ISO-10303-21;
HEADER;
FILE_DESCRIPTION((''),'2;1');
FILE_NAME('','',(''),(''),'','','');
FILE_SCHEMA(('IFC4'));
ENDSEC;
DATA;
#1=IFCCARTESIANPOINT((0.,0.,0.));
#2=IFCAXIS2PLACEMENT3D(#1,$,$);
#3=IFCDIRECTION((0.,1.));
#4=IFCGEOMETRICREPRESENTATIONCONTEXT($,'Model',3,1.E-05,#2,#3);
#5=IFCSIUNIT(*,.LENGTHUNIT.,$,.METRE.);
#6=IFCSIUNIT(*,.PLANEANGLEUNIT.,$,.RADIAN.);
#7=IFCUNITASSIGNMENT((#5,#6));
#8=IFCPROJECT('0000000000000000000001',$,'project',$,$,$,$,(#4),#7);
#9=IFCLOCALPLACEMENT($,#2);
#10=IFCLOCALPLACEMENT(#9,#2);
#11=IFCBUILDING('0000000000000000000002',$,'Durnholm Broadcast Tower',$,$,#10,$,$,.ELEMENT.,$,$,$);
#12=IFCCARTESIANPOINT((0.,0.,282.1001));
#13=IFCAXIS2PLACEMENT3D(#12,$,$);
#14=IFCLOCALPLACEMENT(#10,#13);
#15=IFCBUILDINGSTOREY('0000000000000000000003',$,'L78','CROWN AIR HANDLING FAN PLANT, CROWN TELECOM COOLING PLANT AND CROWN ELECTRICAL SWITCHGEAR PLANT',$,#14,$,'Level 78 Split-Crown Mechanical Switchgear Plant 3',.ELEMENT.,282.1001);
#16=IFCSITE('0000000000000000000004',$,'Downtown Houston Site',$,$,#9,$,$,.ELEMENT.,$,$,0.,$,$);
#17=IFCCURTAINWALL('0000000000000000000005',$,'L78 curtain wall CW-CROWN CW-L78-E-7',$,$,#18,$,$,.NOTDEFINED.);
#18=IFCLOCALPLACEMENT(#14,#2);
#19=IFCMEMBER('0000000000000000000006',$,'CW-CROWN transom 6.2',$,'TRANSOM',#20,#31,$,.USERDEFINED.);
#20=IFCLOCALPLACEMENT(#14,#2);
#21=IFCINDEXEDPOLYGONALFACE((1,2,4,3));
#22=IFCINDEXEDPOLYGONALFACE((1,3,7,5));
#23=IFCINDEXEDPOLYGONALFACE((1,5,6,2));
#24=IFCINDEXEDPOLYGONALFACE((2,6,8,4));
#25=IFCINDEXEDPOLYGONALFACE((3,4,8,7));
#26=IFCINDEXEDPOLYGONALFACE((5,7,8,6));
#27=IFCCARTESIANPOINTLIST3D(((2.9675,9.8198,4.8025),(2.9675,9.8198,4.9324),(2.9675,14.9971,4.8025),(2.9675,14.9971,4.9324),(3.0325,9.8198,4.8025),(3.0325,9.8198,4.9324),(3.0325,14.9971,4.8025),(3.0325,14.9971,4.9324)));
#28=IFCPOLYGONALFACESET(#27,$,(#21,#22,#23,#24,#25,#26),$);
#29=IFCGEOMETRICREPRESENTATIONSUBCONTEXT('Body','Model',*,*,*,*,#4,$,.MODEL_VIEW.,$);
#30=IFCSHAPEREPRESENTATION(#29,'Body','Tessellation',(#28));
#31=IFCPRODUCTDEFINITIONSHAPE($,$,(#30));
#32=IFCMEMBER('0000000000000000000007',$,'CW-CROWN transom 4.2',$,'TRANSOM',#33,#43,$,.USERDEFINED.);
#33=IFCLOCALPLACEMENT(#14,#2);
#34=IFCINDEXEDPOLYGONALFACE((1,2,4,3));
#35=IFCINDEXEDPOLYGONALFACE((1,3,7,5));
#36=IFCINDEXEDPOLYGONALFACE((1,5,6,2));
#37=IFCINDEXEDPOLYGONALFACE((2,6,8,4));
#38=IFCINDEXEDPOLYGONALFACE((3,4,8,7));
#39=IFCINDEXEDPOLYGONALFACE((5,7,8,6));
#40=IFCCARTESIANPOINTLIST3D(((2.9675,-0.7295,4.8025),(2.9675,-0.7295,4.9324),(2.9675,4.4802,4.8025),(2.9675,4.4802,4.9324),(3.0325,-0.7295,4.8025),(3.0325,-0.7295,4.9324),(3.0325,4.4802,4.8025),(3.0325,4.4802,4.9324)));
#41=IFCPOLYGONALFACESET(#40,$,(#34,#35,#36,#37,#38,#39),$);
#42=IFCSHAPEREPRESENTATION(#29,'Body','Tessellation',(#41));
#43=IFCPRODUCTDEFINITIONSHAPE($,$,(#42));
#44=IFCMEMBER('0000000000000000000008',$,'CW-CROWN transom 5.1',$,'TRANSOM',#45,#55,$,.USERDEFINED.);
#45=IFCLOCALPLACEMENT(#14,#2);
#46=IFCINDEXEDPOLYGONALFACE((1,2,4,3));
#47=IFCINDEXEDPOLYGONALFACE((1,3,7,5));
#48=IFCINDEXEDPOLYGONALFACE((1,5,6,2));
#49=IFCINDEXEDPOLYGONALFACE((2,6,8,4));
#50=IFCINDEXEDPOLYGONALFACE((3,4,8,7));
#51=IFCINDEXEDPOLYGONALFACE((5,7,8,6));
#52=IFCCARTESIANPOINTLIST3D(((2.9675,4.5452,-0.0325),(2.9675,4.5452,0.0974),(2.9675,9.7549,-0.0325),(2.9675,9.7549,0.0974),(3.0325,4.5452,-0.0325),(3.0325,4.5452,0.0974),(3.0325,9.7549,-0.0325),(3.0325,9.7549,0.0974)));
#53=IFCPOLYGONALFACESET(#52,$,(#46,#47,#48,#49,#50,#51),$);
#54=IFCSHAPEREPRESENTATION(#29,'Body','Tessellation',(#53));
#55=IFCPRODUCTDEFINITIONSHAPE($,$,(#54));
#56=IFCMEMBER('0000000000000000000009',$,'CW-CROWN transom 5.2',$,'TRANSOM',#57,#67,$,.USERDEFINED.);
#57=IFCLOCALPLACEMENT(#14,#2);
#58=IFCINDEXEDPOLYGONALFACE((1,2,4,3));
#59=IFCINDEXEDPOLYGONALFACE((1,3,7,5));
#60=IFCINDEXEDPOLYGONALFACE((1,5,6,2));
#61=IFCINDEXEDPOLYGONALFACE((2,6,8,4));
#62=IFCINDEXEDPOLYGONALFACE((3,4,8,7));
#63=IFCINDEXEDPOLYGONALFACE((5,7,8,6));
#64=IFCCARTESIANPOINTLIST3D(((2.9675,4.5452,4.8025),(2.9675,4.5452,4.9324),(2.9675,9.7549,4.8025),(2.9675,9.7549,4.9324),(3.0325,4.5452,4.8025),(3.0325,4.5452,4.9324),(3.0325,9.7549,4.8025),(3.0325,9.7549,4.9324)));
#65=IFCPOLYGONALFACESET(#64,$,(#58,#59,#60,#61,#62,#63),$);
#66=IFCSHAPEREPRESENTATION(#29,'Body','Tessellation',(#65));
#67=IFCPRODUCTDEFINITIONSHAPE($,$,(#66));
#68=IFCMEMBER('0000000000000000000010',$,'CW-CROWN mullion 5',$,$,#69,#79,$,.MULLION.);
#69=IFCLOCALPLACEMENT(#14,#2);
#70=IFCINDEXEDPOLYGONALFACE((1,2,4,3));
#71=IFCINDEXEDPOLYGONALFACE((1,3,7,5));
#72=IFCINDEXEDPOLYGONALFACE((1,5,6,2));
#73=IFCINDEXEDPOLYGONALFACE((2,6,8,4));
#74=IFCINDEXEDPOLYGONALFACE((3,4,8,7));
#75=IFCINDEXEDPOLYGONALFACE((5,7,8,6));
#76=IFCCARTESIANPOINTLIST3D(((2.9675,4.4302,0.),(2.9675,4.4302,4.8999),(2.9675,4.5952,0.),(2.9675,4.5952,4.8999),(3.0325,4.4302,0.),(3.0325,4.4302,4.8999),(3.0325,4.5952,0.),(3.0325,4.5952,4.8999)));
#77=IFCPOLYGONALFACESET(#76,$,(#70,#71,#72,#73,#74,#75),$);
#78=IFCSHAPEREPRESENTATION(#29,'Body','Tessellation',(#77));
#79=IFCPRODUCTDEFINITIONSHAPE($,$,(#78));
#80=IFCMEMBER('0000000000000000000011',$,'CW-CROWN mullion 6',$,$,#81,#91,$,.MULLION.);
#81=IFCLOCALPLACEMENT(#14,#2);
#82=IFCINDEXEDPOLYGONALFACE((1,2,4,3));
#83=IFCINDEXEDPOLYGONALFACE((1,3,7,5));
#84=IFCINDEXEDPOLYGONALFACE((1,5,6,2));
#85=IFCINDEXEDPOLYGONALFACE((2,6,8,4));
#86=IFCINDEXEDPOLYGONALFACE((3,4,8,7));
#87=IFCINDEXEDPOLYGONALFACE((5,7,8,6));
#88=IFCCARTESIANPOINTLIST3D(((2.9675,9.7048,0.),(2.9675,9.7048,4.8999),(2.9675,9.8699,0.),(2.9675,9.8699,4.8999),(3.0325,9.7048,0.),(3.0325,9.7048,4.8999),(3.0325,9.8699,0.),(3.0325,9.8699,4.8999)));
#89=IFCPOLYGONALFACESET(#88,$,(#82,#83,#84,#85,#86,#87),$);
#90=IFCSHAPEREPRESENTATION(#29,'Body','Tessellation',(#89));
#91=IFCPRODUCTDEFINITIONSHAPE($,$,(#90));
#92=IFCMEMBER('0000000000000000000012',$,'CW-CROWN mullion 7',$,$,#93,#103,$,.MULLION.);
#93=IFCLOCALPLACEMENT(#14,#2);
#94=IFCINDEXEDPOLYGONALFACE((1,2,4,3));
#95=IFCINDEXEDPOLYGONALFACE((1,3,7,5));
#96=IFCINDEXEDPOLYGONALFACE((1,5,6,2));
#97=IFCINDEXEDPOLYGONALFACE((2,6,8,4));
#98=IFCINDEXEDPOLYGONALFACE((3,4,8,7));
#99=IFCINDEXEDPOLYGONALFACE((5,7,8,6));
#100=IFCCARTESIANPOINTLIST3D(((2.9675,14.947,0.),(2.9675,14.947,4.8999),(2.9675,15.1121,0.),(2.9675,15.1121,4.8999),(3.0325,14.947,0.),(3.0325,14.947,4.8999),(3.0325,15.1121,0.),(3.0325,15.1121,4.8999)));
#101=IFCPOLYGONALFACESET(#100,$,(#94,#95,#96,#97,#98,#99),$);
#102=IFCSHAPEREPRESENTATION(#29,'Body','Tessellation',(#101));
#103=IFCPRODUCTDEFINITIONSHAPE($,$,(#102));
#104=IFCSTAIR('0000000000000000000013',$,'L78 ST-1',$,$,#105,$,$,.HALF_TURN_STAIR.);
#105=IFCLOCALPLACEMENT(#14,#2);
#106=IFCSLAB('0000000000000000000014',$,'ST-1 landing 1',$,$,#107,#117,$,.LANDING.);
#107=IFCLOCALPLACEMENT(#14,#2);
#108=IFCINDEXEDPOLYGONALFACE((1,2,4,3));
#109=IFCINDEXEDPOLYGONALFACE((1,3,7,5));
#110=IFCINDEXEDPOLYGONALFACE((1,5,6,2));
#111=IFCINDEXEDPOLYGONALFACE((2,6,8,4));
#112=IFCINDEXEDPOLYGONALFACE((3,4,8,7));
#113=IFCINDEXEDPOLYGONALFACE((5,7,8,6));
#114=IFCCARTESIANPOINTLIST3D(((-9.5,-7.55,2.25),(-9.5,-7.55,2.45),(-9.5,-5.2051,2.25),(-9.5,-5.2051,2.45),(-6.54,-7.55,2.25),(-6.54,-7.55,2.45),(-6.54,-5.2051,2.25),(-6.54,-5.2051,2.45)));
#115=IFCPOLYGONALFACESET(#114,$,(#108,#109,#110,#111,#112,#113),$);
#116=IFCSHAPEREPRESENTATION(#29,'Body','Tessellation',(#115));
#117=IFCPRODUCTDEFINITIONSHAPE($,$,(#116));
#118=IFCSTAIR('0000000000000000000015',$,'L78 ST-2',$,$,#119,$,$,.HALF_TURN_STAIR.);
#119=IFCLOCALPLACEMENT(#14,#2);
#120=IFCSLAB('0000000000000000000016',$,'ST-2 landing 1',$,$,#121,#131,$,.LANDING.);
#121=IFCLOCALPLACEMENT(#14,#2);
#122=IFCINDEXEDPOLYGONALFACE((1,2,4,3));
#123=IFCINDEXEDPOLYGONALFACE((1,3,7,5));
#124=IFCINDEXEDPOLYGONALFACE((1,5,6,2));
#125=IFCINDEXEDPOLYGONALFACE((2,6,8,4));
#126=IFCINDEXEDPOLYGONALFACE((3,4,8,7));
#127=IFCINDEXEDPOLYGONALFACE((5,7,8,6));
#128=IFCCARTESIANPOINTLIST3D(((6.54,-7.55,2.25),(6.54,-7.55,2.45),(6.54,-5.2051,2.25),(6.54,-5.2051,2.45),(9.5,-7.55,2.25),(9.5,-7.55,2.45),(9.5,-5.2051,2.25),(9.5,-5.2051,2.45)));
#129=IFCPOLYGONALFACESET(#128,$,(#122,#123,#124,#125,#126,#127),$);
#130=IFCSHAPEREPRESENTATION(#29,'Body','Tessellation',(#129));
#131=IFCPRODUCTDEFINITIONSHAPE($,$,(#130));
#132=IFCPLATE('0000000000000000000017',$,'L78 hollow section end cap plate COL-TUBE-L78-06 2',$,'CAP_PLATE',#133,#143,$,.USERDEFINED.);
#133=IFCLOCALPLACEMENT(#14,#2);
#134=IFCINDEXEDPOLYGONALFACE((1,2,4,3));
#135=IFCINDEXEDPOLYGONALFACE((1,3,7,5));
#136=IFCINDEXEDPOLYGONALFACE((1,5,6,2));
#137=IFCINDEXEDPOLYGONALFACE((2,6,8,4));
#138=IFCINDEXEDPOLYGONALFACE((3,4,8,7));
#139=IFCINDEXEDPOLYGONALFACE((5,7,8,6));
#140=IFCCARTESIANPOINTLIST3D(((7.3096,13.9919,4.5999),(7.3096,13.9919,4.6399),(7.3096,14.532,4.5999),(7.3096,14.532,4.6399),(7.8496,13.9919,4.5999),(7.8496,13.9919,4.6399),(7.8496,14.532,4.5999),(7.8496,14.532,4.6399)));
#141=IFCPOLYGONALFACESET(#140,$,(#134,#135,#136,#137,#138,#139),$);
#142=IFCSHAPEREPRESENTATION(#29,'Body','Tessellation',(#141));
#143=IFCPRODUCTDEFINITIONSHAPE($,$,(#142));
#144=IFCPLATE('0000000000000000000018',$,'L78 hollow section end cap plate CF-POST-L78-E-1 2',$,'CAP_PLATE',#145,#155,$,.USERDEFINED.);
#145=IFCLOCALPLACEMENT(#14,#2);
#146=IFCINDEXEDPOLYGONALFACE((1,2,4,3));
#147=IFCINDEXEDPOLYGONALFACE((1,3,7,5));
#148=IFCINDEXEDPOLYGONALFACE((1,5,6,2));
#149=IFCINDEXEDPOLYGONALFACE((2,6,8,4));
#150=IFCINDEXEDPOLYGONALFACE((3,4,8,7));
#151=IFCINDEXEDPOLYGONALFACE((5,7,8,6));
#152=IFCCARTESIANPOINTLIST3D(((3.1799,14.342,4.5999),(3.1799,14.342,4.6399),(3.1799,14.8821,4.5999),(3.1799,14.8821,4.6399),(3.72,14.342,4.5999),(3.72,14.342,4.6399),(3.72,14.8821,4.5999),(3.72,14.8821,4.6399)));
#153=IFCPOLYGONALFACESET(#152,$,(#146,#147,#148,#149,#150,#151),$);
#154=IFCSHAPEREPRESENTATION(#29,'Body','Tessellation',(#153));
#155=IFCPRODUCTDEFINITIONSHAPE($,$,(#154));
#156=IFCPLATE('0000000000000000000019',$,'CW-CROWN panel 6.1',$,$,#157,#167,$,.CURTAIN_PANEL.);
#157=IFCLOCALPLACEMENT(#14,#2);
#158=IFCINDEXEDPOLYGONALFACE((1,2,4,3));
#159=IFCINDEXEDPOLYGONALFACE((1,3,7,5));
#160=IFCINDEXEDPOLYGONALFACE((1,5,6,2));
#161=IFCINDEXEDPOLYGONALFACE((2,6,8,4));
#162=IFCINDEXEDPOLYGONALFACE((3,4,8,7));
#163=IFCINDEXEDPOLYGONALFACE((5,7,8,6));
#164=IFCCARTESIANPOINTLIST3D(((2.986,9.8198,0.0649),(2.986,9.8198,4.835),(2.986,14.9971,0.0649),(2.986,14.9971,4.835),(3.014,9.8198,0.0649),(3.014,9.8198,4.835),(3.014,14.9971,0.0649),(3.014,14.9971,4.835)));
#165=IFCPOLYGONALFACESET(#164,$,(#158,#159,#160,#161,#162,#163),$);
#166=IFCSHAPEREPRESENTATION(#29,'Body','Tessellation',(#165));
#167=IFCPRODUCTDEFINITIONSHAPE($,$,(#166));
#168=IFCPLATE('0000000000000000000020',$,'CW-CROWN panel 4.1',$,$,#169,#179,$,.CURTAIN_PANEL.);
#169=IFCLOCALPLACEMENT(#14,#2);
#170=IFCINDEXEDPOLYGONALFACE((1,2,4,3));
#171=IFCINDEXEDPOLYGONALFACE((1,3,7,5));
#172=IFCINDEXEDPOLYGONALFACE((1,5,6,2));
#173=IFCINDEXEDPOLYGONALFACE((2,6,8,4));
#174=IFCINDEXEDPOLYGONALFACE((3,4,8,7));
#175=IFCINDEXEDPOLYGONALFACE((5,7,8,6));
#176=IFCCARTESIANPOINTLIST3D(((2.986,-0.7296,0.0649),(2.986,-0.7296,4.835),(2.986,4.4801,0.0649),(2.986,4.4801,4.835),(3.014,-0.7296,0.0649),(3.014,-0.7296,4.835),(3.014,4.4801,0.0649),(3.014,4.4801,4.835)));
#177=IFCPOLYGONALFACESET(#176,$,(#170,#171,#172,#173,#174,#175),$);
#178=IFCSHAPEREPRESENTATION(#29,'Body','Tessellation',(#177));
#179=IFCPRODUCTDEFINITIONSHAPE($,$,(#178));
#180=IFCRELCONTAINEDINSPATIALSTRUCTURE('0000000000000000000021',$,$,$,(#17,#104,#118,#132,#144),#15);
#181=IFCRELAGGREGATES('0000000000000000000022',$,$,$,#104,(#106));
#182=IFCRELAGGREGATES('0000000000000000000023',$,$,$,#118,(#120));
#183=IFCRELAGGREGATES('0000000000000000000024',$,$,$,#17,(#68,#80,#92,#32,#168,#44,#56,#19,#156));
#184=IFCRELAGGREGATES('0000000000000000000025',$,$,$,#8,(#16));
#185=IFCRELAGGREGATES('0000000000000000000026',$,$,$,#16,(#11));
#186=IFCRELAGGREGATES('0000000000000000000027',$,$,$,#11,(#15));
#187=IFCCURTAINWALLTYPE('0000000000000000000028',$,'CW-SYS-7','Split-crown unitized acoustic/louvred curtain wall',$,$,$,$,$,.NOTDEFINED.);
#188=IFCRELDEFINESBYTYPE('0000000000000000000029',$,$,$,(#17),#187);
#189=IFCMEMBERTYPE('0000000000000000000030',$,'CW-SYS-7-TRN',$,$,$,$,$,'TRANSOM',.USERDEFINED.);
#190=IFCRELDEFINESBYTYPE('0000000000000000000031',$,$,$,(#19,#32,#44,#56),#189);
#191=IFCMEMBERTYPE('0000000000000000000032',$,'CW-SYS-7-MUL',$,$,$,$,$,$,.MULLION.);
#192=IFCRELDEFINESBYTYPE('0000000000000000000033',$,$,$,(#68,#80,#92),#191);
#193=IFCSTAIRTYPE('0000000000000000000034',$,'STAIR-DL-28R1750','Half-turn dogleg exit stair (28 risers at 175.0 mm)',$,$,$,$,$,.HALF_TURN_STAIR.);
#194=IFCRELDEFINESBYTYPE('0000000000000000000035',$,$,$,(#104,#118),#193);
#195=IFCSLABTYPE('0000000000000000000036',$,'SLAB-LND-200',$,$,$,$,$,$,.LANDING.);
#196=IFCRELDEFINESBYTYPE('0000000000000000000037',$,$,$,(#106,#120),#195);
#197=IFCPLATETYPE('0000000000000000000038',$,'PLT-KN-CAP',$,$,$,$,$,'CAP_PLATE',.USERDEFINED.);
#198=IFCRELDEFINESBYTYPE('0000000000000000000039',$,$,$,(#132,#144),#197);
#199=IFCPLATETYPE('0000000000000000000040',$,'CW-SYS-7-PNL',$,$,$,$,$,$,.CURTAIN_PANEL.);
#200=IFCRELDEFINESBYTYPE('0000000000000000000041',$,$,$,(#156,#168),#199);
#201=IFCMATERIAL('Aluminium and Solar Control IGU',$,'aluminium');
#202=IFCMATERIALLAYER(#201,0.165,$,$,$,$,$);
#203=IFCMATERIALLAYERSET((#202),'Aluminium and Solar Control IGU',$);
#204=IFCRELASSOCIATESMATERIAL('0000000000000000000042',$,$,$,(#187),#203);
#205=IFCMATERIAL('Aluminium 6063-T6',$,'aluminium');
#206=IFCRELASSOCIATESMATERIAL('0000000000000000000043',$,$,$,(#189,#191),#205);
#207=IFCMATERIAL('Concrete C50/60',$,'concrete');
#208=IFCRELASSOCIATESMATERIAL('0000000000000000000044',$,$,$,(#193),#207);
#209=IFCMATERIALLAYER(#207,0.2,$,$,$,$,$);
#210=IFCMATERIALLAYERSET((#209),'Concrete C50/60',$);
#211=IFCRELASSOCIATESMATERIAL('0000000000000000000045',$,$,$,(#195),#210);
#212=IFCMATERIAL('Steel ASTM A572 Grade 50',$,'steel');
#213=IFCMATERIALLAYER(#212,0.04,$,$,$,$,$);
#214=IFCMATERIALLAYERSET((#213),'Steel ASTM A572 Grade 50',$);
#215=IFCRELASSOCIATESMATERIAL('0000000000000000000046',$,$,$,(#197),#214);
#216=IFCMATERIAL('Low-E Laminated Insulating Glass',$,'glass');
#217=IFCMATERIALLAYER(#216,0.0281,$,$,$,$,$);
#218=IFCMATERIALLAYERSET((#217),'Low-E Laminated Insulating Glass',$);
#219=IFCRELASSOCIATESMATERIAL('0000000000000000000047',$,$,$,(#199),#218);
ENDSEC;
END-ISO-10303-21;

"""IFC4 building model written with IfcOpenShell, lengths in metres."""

from ifc_helpers import new_model, si_unit, direction, frame, origin, origin_2d, place, context, subcontext, project, spatial, polyline, rectangle, outline, extrude, source, transform, mapped, material, layer, layer_set, material_profile, profile_set, type_object, type_shapes, element, aggregate, save


model = new_model("IFC4")

# Units and contexts
model_context = context("Model", 3, precision=1e-05, world=origin(), true_north=direction((0.0, 1.0)))
body_context = subcontext(model_context, "Body", "Model", "MODEL_VIEW")
ifc_project = project(units=[si_unit("LENGTHUNIT", "METRE"), si_unit("PLANEANGLEUNIT", "RADIAN")], contexts=[model_context])

# Site, building, storey
site_placement = place(None, origin())
site = spatial("IfcSite", under=ifc_project, at=site_placement, Name="Downtown Houston Site", CompositionType="ELEMENT", RefElevation=0.0)
building_placement = place(site_placement, origin())
building = spatial("IfcBuilding", under=site, at=building_placement, Name="Durnholm Broadcast Tower", CompositionType="ELEMENT")
storey_placement = place(building_placement, frame((0.0, 0.0, 282.1001)))
storey = spatial("IfcBuildingStorey", under=building, at=storey_placement, Name="L78", Description="CROWN AIR HANDLING FAN PLANT, CROWN TELECOM COOLING PLANT AND CROWN ELECTRICAL SWITCHGEAR PLANT", LongName="Level 78 Split-Crown Mechanical Switchgear Plant 3", CompositionType="ELEMENT", Elevation=282.1001)

# Curtain wall, members
ifc_material_1 = material(Name="Aluminium and Solar Control IGU", Category="aluminium")
ifc_layer_1 = layer(ifc_material_1, 0.165)
ifc_layer_set_1 = layer_set([ifc_layer_1], Name="Aluminium and Solar Control IGU")
curtain_wall_type = type_object("IfcCurtainWallType", Name="CW-SYS-7", Description="Split-crown unitized acoustic/louvred curtain wall", PredefinedType="NOTDEFINED", material=ifc_layer_set_1)
curtain_wall_placement = place(storey_placement, origin())
curtain_wall = element("IfcCurtainWall", 1, at=curtain_wall_placement, inside=storey, type_object=curtain_wall_type, Name="L78 curtain wall CW-CROWN CW-L78-E-7", PredefinedType="NOTDEFINED")
ifc_material_2 = material(Name="Aluminium 6063-T6", Category="aluminium")
ifc_material_profile_1 = material_profile(ifc_material_2, rectangle(XDim=0.0649, YDim=0.1299, at=origin_2d()), Name="CWT65X130")
ifc_profile_set_1 = profile_set([ifc_material_profile_1], Name="Aluminium 6063-T6")
member_type_1 = type_object("IfcMemberType", Name="CW-SYS-7-TRN", ElementType="TRANSOM", PredefinedType="USERDEFINED", material=ifc_profile_set_1)
shared_shape_1 = source(origin(), body_context, "Body", "SweptSolid", [
    extrude(rectangle(XDim=0.0649, YDim=0.1299, at=origin_2d()), origin(), (0.0, 0.0, 1.0), 5.1772),
])
member_1_placement = place(storey_placement, frame((3.0, 9.8198, 4.8674), z_axis=(0.0, 1.0, 0.0), x_axis=(-1.0, 0.0, 0.0)))
member_1 = element("IfcMember", 2, at=member_1_placement, type_object=member_type_1, Name="CW-CROWN transom 6.2", ObjectType="TRANSOM", PredefinedType="USERDEFINED", context=body_context, shape_type="MappedRepresentation", body=[
    mapped(shared_shape_1, transform((0.0, 0.0, 0.0), x_axis=(1.0, 0.0, 0.0), y_axis=(0.0, 1.0, 0.0), z_axis=(0.0, 0.0, 1.0), scale=1.0)),
])
shared_shape_2 = source(origin(), body_context, "Body", "SweptSolid", [
    extrude(rectangle(XDim=0.0649, YDim=0.1299, at=origin_2d()), origin(), (0.0, 0.0, 1.0), 5.2097),
])
type_shapes(member_type_1, [shared_shape_1, shared_shape_2])
member_2_placement = place(storey_placement, frame((3.0, -0.7295, 4.8674), z_axis=(0.0, 1.0, 0.0), x_axis=(-1.0, 0.0, 0.0)))
member_2 = element("IfcMember", 3, at=member_2_placement, type_object=member_type_1, Name="CW-CROWN transom 4.2", ObjectType="TRANSOM", PredefinedType="USERDEFINED", context=body_context, shape_type="MappedRepresentation", body=[
    mapped(shared_shape_2, transform((0.0, 0.0, 0.0), x_axis=(1.0, 0.0, 0.0), y_axis=(0.0, 1.0, 0.0), z_axis=(0.0, 0.0, 1.0), scale=1.0)),
])
member_3_placement = place(storey_placement, frame((3.0, 4.5452, 0.0325), z_axis=(0.0, 1.0, 0.0), x_axis=(-1.0, 0.0, 0.0)))
member_3 = element("IfcMember", 4, at=member_3_placement, type_object=member_type_1, Name="CW-CROWN transom 5.1", ObjectType="TRANSOM", PredefinedType="USERDEFINED", context=body_context, shape_type="MappedRepresentation", body=[
    mapped(shared_shape_2, transform((0.0, 0.0, 0.0), x_axis=(1.0, 0.0, 0.0), y_axis=(0.0, 1.0, 0.0), z_axis=(0.0, 0.0, 1.0), scale=1.0)),
])
member_4_placement = place(storey_placement, frame((3.0, 4.5452, 4.8674), z_axis=(0.0, 1.0, 0.0), x_axis=(-1.0, 0.0, 0.0)))
member_4 = element("IfcMember", 5, at=member_4_placement, type_object=member_type_1, Name="CW-CROWN transom 5.2", ObjectType="TRANSOM", PredefinedType="USERDEFINED", context=body_context, shape_type="MappedRepresentation", body=[
    mapped(shared_shape_2, transform((0.0, 0.0, 0.0), x_axis=(1.0, 0.0, 0.0), y_axis=(0.0, 1.0, 0.0), z_axis=(0.0, 0.0, 1.0), scale=1.0)),
])
ifc_material_profile_2 = material_profile(ifc_material_2, rectangle(XDim=0.0649, YDim=0.165, at=origin_2d()), Name="CWM65X165")
ifc_profile_set_2 = profile_set([ifc_material_profile_2], Name="Aluminium 6063-T6")
member_type_2 = type_object("IfcMemberType", Name="CW-SYS-7-MUL", PredefinedType="MULLION", material=ifc_profile_set_2)
shared_shape_3 = source(origin(), body_context, "Body", "SweptSolid", [
    extrude(rectangle(XDim=0.0649, YDim=0.165, at=origin_2d()), origin(), (0.0, 0.0, 1.0), 4.8999),
])
type_shapes(member_type_2, [shared_shape_3])
member_5_placement = place(storey_placement, frame((3.0, 4.5127, 0.0), z_axis=(0.0, 0.0, 1.0), x_axis=(-1.0, 0.0, 0.0)))
member_5 = element("IfcMember", 6, at=member_5_placement, type_object=member_type_2, Name="CW-CROWN mullion 5", PredefinedType="MULLION", context=body_context, shape_type="MappedRepresentation", body=[
    mapped(shared_shape_3, transform((0.0, 0.0, 0.0), x_axis=(1.0, 0.0, 0.0), y_axis=(0.0, 1.0, 0.0), z_axis=(0.0, 0.0, 1.0), scale=1.0)),
])
member_6_placement = place(storey_placement, frame((3.0, 9.7874, 0.0), z_axis=(0.0, 0.0, 1.0), x_axis=(-1.0, 0.0, 0.0)))
member_6 = element("IfcMember", 7, at=member_6_placement, type_object=member_type_2, Name="CW-CROWN mullion 6", PredefinedType="MULLION", context=body_context, shape_type="MappedRepresentation", body=[
    mapped(shared_shape_3, transform((0.0, 0.0, 0.0), x_axis=(1.0, 0.0, 0.0), y_axis=(0.0, 1.0, 0.0), z_axis=(0.0, 0.0, 1.0), scale=1.0)),
])
member_7_placement = place(storey_placement, frame((3.0, 15.0295, 0.0), z_axis=(0.0, 0.0, 1.0), x_axis=(-1.0, 0.0, 0.0)))
member_7 = element("IfcMember", 8, at=member_7_placement, type_object=member_type_2, Name="CW-CROWN mullion 7", PredefinedType="MULLION", context=body_context, shape_type="MappedRepresentation", body=[
    mapped(shared_shape_3, transform((0.0, 0.0, 0.0), x_axis=(1.0, 0.0, 0.0), y_axis=(0.0, 1.0, 0.0), z_axis=(0.0, 0.0, 1.0), scale=1.0)),
])

# Stairs, slabs
ifc_material_3 = material(Name="Concrete C50/60", Category="concrete")
stair_type = type_object("IfcStairType", Name="STAIR-DL-28R1750", Description="Half-turn dogleg exit stair (28 risers at 175.0 mm)", PredefinedType="HALF_TURN_STAIR", material=ifc_material_3)
stair_1_placement = place(storey_placement, origin())
stair_1 = element("IfcStair", 9, at=stair_1_placement, inside=storey, type_object=stair_type, Name="L78 ST-1", PredefinedType="HALF_TURN_STAIR")
ifc_layer_2 = layer(ifc_material_3, 0.2)
ifc_layer_set_2 = layer_set([ifc_layer_2], Name="Concrete C50/60")
slab_type = type_object("IfcSlabType", Name="SLAB-LND-200", PredefinedType="LANDING", material=ifc_layer_set_2)
slab_1_placement = place(storey_placement, frame((0.0, 0.0, 2.25)))
slab_1 = element("IfcSlab", 10, at=slab_1_placement, type_object=slab_type, Name="ST-1 landing 1", PredefinedType="LANDING", context=body_context, shape_type="SweptSolid", body=[
    extrude(outline(polyline([(-9.5, -5.2051), (-9.5, -7.55), (-6.54, -7.55), (-6.54, -5.2051), (-9.5, -5.2051)])), origin(), (0.0, 0.0, 1.0), 0.2),
])
aggregate(stair_1, [slab_1])
stair_2_placement = place(storey_placement, origin())
stair_2 = element("IfcStair", 11, at=stair_2_placement, inside=storey, type_object=stair_type, Name="L78 ST-2", PredefinedType="HALF_TURN_STAIR")
slab_2_placement = place(storey_placement, frame((0.0, 0.0, 2.25)))
slab_2 = element("IfcSlab", 12, at=slab_2_placement, type_object=slab_type, Name="ST-2 landing 1", PredefinedType="LANDING", context=body_context, shape_type="SweptSolid", body=[
    extrude(outline(polyline([(6.54, -5.2051), (6.54, -7.55), (9.5, -7.55), (9.5, -5.2051), (6.54, -5.2051)])), origin(), (0.0, 0.0, 1.0), 0.2),
])
aggregate(stair_2, [slab_2])

# Plates
ifc_material_4 = material(Name="Steel ASTM A572 Grade 50", Category="steel")
ifc_layer_3 = layer(ifc_material_4, 0.04)
ifc_layer_set_3 = layer_set([ifc_layer_3], Name="Steel ASTM A572 Grade 50")
plate_type_1 = type_object("IfcPlateType", Name="PLT-KN-CAP", ElementType="CAP_PLATE", PredefinedType="USERDEFINED", material=ifc_layer_set_3)
shared_shape_4 = source(origin(), body_context, "Body", "SweptSolid", [
    extrude(rectangle(XDim=0.54, YDim=0.54, at=origin_2d()), origin(), (0.0, 0.0, 1.0), 0.04),
])
type_shapes(plate_type_1, [shared_shape_4])
for number, where, z_axis, x_axis, name in (
    (13, (7.5796, 14.262, 4.5999), (0.0, 0.0, 1.0), (1.0, 0.0, 0.0), "L78 hollow section end cap plate COL-TUBE-L78-06 2"),
    (14, (3.45, 14.6121, 4.5999), (0.0, 0.0, 1.0), (1.0, 0.0, 0.0), "L78 hollow section end cap plate CF-POST-L78-E-1 2"),
):
    element("IfcPlate", number, at=place(storey_placement, frame(where, z_axis=z_axis, x_axis=x_axis)), inside=storey, type_object=plate_type_1, Name=name, ObjectType="CAP_PLATE", PredefinedType="USERDEFINED", context=body_context, shape_type="MappedRepresentation", body=[
        mapped(shared_shape_4, transform((0.0, 0.0, 0.0), x_axis=(1.0, 0.0, 0.0), y_axis=(0.0, 1.0, 0.0), z_axis=(0.0, 0.0, 1.0), scale=1.0)),
    ])

# Plates
ifc_material_5 = material(Name="Low-E Laminated Insulating Glass", Category="glass")
ifc_layer_4 = layer(ifc_material_5, 0.0281)
ifc_layer_set_4 = layer_set([ifc_layer_4], Name="Low-E Laminated Insulating Glass")
plate_type_2 = type_object("IfcPlateType", Name="CW-SYS-7-PNL", PredefinedType="CURTAIN_PANEL", material=ifc_layer_set_4)
shared_shape_5 = source(origin(), body_context, "Body", "SweptSolid", [
    extrude(rectangle(XDim=5.1772, YDim=0.0281, at=origin_2d()), origin(), (0.0, 0.0, 1.0), 4.77),
])
plate_1_placement = place(storey_placement, frame((3.0, 12.4084, 0.0649), z_axis=(0.0, 0.0, 1.0), x_axis=(0.0, 1.0, 0.0)))
plate_1 = element("IfcPlate", 15, at=plate_1_placement, type_object=plate_type_2, Name="CW-CROWN panel 6.1", PredefinedType="CURTAIN_PANEL", context=body_context, shape_type="MappedRepresentation", body=[
    mapped(shared_shape_5, transform((0.0, 0.0, 0.0), x_axis=(1.0, 0.0, 0.0), y_axis=(0.0, 1.0, 0.0), z_axis=(0.0, 0.0, 1.0), scale=1.0)),
])
shared_shape_6 = source(origin(), body_context, "Body", "SweptSolid", [
    extrude(rectangle(XDim=5.2097, YDim=0.0281, at=origin_2d()), origin(), (0.0, 0.0, 1.0), 4.77),
])
type_shapes(plate_type_2, [shared_shape_5, shared_shape_6])
plate_2_placement = place(storey_placement, frame((3.0, 1.8752, 0.0649), z_axis=(0.0, 0.0, 1.0), x_axis=(0.0, 1.0, 0.0)))
plate_2 = element("IfcPlate", 16, at=plate_2_placement, type_object=plate_type_2, Name="CW-CROWN panel 4.1", PredefinedType="CURTAIN_PANEL", context=body_context, shape_type="MappedRepresentation", body=[
    mapped(shared_shape_6, transform((0.0, 0.0, 0.0), x_axis=(1.0, 0.0, 0.0), y_axis=(0.0, 1.0, 0.0), z_axis=(0.0, 0.0, 1.0), scale=1.0)),
])
aggregate(curtain_wall, [member_5, member_6, member_7, member_2, plate_2, member_3, member_4, member_1, plate_1])

save(model, "model.ifc")
